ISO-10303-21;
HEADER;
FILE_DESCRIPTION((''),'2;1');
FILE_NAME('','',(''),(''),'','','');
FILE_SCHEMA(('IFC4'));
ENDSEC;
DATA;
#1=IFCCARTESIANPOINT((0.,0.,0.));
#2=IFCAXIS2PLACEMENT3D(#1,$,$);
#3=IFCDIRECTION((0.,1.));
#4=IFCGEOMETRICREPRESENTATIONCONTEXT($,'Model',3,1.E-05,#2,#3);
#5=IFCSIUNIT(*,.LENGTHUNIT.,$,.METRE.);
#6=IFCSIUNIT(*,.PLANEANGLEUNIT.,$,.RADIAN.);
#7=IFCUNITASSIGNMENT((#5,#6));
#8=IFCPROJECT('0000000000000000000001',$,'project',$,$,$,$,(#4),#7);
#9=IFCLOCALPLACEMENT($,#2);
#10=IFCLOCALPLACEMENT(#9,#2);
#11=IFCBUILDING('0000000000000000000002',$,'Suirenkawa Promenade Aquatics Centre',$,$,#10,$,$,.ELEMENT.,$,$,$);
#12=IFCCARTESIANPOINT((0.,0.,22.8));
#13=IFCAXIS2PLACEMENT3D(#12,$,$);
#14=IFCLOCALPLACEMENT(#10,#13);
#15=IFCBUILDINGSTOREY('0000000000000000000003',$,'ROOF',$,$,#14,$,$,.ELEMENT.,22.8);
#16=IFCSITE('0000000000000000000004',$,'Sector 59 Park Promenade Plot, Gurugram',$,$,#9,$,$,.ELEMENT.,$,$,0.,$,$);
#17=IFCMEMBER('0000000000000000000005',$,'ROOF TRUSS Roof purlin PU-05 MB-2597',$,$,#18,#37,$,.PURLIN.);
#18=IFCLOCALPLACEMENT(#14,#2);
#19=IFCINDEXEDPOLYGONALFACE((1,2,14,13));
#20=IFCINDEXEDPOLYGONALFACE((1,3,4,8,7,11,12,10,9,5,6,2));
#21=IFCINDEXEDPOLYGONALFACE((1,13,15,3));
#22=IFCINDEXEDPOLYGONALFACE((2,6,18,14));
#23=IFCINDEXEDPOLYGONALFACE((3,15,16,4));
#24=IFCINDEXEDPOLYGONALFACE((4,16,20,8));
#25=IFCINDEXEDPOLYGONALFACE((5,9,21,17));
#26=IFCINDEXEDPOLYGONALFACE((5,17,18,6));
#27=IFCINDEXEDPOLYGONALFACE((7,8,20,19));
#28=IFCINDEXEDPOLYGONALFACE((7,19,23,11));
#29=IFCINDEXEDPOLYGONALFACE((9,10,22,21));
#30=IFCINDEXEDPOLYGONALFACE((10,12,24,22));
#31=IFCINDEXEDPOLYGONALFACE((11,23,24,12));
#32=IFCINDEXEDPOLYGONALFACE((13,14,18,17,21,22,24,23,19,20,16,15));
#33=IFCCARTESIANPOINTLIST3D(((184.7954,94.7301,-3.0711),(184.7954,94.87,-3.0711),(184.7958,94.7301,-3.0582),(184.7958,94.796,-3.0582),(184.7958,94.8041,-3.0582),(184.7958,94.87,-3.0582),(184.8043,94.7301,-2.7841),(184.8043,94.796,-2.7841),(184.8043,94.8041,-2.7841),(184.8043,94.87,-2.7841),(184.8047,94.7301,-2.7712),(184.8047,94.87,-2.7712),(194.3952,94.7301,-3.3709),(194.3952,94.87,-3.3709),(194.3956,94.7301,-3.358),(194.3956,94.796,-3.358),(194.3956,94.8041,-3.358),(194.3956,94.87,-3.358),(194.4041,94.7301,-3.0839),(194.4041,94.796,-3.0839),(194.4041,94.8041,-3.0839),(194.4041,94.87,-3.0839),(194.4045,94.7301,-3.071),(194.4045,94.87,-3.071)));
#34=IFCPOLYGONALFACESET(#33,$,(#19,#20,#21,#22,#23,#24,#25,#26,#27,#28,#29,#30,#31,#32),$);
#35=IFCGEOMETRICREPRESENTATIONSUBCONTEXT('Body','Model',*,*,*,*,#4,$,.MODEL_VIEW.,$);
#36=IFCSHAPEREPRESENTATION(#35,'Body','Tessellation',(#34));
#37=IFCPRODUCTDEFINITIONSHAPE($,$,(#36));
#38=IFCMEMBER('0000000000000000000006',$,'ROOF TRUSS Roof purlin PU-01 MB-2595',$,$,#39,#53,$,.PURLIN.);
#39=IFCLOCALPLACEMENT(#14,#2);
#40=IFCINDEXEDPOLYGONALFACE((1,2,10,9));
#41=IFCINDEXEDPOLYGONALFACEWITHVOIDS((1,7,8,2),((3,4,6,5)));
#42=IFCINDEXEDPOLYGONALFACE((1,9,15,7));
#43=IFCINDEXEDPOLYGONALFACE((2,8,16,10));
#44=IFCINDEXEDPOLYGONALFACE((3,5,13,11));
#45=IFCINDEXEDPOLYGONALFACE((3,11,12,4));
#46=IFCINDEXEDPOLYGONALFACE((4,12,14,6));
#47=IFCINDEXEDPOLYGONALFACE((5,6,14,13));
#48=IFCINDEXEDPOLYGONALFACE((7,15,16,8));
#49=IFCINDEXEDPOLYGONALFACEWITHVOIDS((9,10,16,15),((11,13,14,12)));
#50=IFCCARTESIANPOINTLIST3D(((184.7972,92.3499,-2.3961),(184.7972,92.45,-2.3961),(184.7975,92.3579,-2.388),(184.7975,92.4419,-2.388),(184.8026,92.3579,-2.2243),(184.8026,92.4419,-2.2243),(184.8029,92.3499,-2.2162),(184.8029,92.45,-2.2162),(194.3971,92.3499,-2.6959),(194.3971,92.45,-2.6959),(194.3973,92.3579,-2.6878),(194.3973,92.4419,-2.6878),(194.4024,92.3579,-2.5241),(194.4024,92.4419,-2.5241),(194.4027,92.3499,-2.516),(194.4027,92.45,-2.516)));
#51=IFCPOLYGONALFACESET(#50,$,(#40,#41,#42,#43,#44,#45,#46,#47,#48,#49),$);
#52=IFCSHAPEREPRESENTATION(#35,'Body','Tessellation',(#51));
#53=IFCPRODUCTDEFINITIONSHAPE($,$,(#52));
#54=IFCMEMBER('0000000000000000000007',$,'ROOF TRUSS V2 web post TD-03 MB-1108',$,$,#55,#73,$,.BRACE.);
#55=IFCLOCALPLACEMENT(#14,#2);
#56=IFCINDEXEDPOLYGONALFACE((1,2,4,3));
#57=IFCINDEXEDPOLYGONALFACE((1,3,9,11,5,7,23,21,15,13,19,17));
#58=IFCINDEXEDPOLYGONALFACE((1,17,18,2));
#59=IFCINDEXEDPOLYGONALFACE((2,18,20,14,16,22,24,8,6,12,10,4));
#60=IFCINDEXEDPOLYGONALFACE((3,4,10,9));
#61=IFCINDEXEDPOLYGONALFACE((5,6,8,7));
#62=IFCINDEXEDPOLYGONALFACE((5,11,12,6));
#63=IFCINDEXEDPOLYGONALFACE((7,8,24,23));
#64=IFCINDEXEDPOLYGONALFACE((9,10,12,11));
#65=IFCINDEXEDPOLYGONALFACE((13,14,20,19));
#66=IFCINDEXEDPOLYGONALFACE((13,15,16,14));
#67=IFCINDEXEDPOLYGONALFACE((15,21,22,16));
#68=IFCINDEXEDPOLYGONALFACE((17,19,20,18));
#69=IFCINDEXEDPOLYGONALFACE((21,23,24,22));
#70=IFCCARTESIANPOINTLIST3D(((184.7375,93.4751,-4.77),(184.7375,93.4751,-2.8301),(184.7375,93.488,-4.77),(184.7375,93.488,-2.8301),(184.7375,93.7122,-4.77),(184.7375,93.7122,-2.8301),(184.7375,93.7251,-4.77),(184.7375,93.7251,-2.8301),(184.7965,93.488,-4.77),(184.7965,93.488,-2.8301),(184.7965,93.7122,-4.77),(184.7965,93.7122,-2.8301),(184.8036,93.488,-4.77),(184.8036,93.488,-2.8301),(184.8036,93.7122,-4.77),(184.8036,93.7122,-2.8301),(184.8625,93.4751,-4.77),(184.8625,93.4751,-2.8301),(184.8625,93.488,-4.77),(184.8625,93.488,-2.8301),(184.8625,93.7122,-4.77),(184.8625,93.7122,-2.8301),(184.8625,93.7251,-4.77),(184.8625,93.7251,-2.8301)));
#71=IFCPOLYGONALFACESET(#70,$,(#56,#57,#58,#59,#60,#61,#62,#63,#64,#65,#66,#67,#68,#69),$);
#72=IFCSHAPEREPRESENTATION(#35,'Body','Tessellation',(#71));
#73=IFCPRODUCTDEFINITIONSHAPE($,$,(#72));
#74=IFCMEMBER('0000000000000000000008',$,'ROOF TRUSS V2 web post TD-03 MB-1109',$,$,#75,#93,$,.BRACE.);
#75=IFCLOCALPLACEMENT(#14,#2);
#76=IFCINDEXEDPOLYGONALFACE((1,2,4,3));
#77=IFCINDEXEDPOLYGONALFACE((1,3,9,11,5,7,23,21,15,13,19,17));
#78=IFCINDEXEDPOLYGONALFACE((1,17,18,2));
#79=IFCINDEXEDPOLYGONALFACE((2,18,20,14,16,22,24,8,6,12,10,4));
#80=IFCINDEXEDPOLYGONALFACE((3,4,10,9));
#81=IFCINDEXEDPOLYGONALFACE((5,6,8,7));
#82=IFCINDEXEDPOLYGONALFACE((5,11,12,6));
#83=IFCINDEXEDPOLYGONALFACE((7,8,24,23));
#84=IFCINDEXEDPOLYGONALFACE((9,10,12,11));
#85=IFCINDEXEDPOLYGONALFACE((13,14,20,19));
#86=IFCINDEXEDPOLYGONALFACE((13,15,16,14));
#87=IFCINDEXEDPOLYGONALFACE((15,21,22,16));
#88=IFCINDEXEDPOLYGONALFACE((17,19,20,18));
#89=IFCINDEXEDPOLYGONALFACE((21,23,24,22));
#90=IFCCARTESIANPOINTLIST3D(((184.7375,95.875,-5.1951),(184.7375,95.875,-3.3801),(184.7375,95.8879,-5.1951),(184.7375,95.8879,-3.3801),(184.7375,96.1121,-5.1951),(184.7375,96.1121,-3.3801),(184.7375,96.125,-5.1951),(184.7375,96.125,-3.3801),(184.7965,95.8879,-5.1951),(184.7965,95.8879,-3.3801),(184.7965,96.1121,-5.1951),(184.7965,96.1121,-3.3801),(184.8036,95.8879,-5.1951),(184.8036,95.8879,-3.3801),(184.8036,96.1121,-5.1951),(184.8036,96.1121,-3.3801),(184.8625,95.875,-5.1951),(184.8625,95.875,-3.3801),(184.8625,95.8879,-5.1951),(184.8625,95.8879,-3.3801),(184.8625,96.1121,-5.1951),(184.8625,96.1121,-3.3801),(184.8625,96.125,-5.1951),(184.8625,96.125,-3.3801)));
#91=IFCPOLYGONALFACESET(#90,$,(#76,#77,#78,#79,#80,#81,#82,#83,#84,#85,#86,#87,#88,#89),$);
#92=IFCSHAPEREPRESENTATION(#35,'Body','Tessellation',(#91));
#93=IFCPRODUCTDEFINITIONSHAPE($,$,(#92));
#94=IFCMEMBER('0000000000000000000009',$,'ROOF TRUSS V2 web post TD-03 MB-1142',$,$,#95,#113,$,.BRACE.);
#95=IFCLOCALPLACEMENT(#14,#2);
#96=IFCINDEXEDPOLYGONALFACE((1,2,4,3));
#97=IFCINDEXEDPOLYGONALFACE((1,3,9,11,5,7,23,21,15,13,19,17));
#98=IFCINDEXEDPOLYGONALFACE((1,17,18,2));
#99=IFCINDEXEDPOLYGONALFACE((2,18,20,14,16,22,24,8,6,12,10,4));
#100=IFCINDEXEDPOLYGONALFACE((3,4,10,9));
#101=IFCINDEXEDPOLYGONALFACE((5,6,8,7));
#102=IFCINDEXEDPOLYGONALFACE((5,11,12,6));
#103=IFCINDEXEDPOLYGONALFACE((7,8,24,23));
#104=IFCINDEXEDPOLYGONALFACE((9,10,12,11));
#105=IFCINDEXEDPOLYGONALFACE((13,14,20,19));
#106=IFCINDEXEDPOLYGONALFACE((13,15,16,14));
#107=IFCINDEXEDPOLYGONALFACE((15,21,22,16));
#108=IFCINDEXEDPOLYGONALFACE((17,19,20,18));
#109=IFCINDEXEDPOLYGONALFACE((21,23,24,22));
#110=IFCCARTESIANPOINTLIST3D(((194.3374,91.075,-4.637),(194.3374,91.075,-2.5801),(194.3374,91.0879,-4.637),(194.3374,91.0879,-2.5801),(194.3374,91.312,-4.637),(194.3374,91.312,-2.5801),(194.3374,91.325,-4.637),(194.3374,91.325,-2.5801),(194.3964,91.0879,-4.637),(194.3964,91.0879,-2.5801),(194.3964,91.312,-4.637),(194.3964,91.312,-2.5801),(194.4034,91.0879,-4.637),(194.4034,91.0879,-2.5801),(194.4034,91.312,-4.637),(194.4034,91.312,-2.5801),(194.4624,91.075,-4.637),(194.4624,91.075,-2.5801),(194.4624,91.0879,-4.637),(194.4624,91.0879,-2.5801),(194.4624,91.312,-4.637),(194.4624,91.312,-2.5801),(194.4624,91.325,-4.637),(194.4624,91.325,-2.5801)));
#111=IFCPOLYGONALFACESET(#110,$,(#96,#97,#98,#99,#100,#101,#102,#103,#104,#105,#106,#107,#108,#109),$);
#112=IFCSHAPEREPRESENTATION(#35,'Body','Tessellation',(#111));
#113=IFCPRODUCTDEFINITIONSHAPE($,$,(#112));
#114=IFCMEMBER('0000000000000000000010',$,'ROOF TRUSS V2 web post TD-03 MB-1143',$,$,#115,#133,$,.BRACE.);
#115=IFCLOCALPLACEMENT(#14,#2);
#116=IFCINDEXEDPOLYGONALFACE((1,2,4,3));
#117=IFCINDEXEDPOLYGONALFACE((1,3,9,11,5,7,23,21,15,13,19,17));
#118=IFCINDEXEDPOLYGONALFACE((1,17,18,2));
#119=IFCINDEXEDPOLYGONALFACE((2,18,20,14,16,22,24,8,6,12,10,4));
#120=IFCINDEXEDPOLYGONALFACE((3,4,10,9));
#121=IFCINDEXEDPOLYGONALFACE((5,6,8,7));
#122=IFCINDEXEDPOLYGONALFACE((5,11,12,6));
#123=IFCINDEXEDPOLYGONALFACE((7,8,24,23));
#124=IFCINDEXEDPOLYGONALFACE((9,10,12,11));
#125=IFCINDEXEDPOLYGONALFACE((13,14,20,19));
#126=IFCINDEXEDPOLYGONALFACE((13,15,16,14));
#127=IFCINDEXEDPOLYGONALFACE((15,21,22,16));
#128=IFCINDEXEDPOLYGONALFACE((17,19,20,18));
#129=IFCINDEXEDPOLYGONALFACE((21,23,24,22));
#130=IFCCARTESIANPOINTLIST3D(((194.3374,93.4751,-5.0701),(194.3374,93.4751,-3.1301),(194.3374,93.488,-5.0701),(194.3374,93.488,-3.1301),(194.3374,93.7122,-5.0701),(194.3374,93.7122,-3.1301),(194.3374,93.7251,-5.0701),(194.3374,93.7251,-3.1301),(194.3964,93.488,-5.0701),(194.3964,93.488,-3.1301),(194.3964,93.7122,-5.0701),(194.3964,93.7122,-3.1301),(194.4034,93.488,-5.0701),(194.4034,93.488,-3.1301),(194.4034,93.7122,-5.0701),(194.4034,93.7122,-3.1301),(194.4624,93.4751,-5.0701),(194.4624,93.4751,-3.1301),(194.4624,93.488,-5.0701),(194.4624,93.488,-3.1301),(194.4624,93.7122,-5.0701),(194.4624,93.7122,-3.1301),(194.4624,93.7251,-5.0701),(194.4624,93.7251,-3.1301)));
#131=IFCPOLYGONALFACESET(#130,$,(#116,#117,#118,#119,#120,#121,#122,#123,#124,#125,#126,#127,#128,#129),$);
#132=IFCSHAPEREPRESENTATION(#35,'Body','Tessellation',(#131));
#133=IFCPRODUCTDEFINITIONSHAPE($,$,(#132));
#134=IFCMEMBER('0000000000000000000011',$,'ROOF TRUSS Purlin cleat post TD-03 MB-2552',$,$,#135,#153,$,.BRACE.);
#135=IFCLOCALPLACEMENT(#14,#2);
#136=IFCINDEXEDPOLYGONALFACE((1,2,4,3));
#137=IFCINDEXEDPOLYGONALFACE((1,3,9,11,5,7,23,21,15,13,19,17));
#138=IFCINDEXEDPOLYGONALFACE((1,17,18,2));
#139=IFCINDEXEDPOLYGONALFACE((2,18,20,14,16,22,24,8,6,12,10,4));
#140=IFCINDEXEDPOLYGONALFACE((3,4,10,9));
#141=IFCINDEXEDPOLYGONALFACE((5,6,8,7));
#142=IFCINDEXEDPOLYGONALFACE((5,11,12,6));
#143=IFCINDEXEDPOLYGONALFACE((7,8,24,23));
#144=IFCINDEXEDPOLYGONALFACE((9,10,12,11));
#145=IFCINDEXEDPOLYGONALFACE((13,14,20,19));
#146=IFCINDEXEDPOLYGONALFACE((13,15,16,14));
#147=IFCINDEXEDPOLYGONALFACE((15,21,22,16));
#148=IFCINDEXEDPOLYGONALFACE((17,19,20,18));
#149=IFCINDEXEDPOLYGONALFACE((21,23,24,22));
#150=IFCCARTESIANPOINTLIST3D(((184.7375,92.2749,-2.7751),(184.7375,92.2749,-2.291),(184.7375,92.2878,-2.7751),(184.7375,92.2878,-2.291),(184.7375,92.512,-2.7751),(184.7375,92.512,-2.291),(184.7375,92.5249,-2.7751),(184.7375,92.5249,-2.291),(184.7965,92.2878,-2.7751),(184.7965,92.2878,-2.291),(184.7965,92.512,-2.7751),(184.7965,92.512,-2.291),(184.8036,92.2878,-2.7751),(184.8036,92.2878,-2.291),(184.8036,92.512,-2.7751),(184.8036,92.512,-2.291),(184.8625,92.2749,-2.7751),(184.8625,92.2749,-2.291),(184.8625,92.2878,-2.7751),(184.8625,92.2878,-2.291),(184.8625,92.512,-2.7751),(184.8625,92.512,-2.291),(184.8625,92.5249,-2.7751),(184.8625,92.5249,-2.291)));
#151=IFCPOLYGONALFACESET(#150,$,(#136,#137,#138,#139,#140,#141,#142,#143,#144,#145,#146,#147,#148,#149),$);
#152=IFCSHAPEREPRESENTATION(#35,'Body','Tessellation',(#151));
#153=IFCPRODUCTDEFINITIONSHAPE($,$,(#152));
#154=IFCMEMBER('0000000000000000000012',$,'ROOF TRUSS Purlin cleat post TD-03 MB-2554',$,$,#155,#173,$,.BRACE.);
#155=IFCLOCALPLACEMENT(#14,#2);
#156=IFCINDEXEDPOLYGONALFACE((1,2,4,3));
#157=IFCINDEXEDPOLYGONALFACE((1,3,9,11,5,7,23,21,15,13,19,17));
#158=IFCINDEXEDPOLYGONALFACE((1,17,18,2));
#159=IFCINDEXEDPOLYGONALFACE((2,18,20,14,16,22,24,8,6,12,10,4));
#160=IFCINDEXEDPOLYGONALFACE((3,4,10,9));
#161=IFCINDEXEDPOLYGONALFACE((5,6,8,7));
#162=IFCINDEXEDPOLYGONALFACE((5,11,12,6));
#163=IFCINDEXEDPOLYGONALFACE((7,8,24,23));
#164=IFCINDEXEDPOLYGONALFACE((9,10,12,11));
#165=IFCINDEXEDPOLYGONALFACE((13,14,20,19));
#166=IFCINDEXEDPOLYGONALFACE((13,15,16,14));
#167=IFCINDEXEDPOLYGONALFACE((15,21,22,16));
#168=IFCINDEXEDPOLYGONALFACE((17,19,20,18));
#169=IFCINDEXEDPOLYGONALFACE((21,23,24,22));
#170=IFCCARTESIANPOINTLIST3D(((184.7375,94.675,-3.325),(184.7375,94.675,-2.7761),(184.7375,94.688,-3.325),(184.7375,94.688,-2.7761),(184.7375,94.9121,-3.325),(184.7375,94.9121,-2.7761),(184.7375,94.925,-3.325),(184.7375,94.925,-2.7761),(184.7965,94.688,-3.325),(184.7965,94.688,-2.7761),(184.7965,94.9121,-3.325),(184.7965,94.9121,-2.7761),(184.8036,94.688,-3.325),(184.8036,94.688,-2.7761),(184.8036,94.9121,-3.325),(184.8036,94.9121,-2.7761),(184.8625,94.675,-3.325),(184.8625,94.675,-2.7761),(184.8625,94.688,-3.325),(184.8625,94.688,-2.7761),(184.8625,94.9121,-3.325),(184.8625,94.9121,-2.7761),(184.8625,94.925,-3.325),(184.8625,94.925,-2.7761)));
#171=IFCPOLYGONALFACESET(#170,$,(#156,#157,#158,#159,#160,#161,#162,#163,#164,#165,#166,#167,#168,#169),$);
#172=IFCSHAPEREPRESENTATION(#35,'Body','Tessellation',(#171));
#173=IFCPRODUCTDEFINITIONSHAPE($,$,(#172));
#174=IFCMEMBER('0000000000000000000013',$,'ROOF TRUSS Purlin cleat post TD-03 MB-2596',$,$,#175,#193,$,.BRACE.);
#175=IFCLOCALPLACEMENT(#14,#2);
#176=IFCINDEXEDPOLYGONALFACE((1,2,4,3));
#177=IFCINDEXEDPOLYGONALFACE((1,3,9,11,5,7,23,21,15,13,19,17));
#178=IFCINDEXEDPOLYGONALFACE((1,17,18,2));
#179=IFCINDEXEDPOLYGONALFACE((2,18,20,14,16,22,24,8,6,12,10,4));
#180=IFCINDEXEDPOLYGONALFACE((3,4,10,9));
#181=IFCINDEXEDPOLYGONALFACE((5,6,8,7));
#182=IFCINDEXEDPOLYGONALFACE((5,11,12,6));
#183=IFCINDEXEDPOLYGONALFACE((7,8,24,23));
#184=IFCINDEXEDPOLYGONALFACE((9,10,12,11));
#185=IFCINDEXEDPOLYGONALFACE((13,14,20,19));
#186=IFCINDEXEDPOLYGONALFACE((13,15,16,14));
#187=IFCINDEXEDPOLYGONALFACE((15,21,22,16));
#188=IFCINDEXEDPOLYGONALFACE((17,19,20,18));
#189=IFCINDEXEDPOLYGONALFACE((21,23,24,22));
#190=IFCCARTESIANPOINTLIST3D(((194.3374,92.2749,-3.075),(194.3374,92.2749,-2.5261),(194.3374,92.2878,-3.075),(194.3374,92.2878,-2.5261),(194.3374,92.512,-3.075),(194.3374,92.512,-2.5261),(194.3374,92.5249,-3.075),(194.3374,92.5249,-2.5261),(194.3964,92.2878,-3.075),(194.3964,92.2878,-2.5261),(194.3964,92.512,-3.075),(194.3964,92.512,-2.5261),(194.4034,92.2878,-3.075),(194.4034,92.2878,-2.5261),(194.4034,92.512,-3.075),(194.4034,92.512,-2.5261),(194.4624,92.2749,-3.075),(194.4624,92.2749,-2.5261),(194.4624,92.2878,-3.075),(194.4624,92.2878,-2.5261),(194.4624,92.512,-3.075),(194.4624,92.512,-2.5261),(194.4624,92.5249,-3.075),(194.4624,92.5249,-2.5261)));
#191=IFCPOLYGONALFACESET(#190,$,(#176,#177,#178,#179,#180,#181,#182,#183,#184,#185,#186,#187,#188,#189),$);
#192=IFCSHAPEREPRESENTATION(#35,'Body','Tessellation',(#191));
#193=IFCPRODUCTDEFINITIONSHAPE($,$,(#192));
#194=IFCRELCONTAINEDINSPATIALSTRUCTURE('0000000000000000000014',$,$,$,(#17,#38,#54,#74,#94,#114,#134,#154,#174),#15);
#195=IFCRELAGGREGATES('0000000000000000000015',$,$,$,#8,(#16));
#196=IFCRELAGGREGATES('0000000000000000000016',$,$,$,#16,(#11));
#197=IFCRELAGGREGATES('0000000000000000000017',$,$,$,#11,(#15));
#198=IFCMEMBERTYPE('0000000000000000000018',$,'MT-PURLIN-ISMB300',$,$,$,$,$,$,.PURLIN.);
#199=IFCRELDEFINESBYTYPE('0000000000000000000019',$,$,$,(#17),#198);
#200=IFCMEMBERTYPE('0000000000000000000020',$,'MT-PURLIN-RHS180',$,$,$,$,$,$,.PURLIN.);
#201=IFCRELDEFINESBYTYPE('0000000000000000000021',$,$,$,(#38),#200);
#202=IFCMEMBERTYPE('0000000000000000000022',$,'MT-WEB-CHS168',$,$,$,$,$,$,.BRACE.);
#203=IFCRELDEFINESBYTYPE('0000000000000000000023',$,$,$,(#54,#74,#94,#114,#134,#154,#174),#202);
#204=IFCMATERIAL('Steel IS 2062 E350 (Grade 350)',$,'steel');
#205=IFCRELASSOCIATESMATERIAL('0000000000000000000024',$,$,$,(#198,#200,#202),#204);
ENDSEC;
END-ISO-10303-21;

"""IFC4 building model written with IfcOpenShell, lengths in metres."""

from ifc_helpers import new_model, si_unit, direction, frame, origin, origin_2d, place, context, subcontext, project, spatial, hollow_rectangle, i_section, extrude, material, material_profile, profile_set, type_object, element, save


model = new_model("IFC4")

# Units and contexts
model_context = context("Model", 3, precision=1e-05, world=origin(), true_north=direction((0.0, 1.0)))
body_context = subcontext(model_context, "Body", "Model", "MODEL_VIEW")
ifc_project = project(units=[si_unit("LENGTHUNIT", "METRE"), si_unit("PLANEANGLEUNIT", "RADIAN")], contexts=[model_context])

# Site, building, storey
site_placement = place(None, origin())
site = spatial("IfcSite", under=ifc_project, at=site_placement, Name="Sector 59 Park Promenade Plot, Gurugram", CompositionType="ELEMENT", RefElevation=0.0)
building_placement = place(site_placement, origin())
building = spatial("IfcBuilding", under=site, at=building_placement, Name="Suirenkawa Promenade Aquatics Centre", CompositionType="ELEMENT")
storey_placement = place(building_placement, frame((0.0, 0.0, 22.8)))
storey = spatial("IfcBuildingStorey", under=building, at=storey_placement, Name="ROOF", CompositionType="ELEMENT", Elevation=22.8)

# Shared definitions
ifc_material = material(Name="Steel IS 2062 E350 (Grade 350)", Category="steel")

# Members
ifc_material_profile_1 = material_profile(ifc_material, i_section(OverallWidth=0.1399, OverallDepth=0.3, WebThickness=0.0081, FlangeThickness=0.0129, at=origin_2d()), Name="ISMB 300", Category="steel")
ifc_profile_set_1 = profile_set([ifc_material_profile_1], Name="Steel IS 2062 E350 (Grade 350)")
member_type_1 = type_object("IfcMemberType", Name="MT-PURLIN-ISMB300", PredefinedType="PURLIN", material=ifc_profile_set_1)
member_1_placement = place(storey_placement, frame((184.8, 94.8, -2.9211), z_axis=(0.999513, 0.0, -0.031215), x_axis=(0.0, 1.0, 0.0)))
element("IfcMember", 1, at=member_1_placement, inside=storey, type_object=member_type_1, Name="ROOF TRUSS Roof purlin PU-05 MB-2597", PredefinedType="PURLIN", context=body_context, shape_type="SweptSolid", body=[
    extrude(i_section(OverallWidth=0.1399, OverallDepth=0.3, WebThickness=0.0081, FlangeThickness=0.0129, at=origin_2d()), origin(), (0.0, 0.0, 1.0), 9.6045),
])
ifc_material_profile_2 = material_profile(ifc_material, hollow_rectangle(XDim=0.1001, YDim=0.1799, WallThickness=0.0081, at=origin_2d()), Name="RHS 180x100x8", Category="steel")
ifc_profile_set_2 = profile_set([ifc_material_profile_2], Name="Steel IS 2062 E350 (Grade 350)")
member_type_2 = type_object("IfcMemberType", Name="MT-PURLIN-RHS180", PredefinedType="PURLIN", material=ifc_profile_set_2)
member_2_placement = place(storey_placement, frame((184.8, 92.3999, -2.3062), z_axis=(0.999513, 0.0, -0.031215), x_axis=(0.0, 1.0, 0.0)))
element("IfcMember", 2, at=member_2_placement, inside=storey, type_object=member_type_2, Name="ROOF TRUSS Roof purlin PU-01 MB-2595", PredefinedType="PURLIN", context=body_context, shape_type="SweptSolid", body=[
    extrude(hollow_rectangle(XDim=0.1001, YDim=0.1799, WallThickness=0.0081, at=origin_2d()), origin(), (0.0, 0.0, 1.0), 9.6045),
])
ifc_material_profile_3 = material_profile(ifc_material, i_section(OverallWidth=0.125, OverallDepth=0.25, WebThickness=0.0071, FlangeThickness=0.0129, at=origin_2d()), Name="ISMB 250", Category="steel")
ifc_profile_set_3 = profile_set([ifc_material_profile_3], Name="Steel IS 2062 E350 (Grade 350)")
member_type_3 = type_object("IfcMemberType", Name="MT-WEB-CHS168", PredefinedType="BRACE", material=ifc_profile_set_3)
member_3_placement = place(storey_placement, frame((184.8, 93.6001, -4.77), z_axis=(0.0, 0.0, 1.0), x_axis=(1.0, 0.0, 0.0)))
element("IfcMember", 3, at=member_3_placement, inside=storey, type_object=member_type_3, Name="ROOF TRUSS V2 web post TD-03 MB-1108", PredefinedType="BRACE", context=body_context, shape_type="SweptSolid", body=[
    extrude(i_section(OverallWidth=0.125, OverallDepth=0.25, WebThickness=0.0071, FlangeThickness=0.0129, at=origin_2d()), origin(), (0.0, 0.0, 1.0), 1.9399),
])
member_4_placement = place(storey_placement, frame((184.8, 96.0, -5.1951), z_axis=(0.0, 0.0, 1.0), x_axis=(1.0, 0.0, 0.0)))
element("IfcMember", 4, at=member_4_placement, inside=storey, type_object=member_type_3, Name="ROOF TRUSS V2 web post TD-03 MB-1109", PredefinedType="BRACE", context=body_context, shape_type="SweptSolid", body=[
    extrude(i_section(OverallWidth=0.125, OverallDepth=0.25, WebThickness=0.0071, FlangeThickness=0.0129, at=origin_2d()), origin(), (0.0, 0.0, 1.0), 1.8149),
])
member_5_placement = place(storey_placement, frame((194.3999, 91.2, -4.637), z_axis=(0.0, 0.0, 1.0), x_axis=(1.0, 0.0, 0.0)))
element("IfcMember", 5, at=member_5_placement, inside=storey, type_object=member_type_3, Name="ROOF TRUSS V2 web post TD-03 MB-1142", PredefinedType="BRACE", context=body_context, shape_type="SweptSolid", body=[
    extrude(i_section(OverallWidth=0.125, OverallDepth=0.25, WebThickness=0.0071, FlangeThickness=0.0129, at=origin_2d()), origin(), (0.0, 0.0, 1.0), 2.0569),
])
member_6_placement = place(storey_placement, frame((194.3999, 93.6001, -5.0701), z_axis=(0.0, 0.0, 1.0), x_axis=(1.0, 0.0, 0.0)))
element("IfcMember", 6, at=member_6_placement, inside=storey, type_object=member_type_3, Name="ROOF TRUSS V2 web post TD-03 MB-1143", PredefinedType="BRACE", context=body_context, shape_type="SweptSolid", body=[
    extrude(i_section(OverallWidth=0.125, OverallDepth=0.25, WebThickness=0.0071, FlangeThickness=0.0129, at=origin_2d()), origin(), (0.0, 0.0, 1.0), 1.9399),
])
member_7_placement = place(storey_placement, frame((184.8, 92.3999, -2.7751), z_axis=(0.0, 0.0, 1.0), x_axis=(1.0, 0.0, 0.0)))
element("IfcMember", 7, at=member_7_placement, inside=storey, type_object=member_type_3, Name="ROOF TRUSS Purlin cleat post TD-03 MB-2552", PredefinedType="BRACE", context=body_context, shape_type="SweptSolid", body=[
    extrude(i_section(OverallWidth=0.125, OverallDepth=0.25, WebThickness=0.0071, FlangeThickness=0.0129, at=origin_2d()), origin(), (0.0, 0.0, 1.0), 0.4841),
])
for number, where, z_axis, x_axis, name in (
    (8, (184.8, 94.8, -3.325), (0.0, 0.0, 1.0), (1.0, 0.0, 0.0), "ROOF TRUSS Purlin cleat post TD-03 MB-2554"),
    (9, (194.3999, 92.3999, -3.075), (0.0, 0.0, 1.0), (1.0, 0.0, 0.0), "ROOF TRUSS Purlin cleat post TD-03 MB-2596"),
):
    element("IfcMember", number, at=place(storey_placement, frame(where, z_axis=z_axis, x_axis=x_axis)), inside=storey, type_object=member_type_3, Name=name, PredefinedType="BRACE", context=body_context, shape_type="SweptSolid", body=[
        extrude(i_section(OverallWidth=0.125, OverallDepth=0.25, WebThickness=0.0071, FlangeThickness=0.0129, at=origin_2d()), origin(), (0.0, 0.0, 1.0), 0.5488),
    ])

save(model, "model.ifc")
